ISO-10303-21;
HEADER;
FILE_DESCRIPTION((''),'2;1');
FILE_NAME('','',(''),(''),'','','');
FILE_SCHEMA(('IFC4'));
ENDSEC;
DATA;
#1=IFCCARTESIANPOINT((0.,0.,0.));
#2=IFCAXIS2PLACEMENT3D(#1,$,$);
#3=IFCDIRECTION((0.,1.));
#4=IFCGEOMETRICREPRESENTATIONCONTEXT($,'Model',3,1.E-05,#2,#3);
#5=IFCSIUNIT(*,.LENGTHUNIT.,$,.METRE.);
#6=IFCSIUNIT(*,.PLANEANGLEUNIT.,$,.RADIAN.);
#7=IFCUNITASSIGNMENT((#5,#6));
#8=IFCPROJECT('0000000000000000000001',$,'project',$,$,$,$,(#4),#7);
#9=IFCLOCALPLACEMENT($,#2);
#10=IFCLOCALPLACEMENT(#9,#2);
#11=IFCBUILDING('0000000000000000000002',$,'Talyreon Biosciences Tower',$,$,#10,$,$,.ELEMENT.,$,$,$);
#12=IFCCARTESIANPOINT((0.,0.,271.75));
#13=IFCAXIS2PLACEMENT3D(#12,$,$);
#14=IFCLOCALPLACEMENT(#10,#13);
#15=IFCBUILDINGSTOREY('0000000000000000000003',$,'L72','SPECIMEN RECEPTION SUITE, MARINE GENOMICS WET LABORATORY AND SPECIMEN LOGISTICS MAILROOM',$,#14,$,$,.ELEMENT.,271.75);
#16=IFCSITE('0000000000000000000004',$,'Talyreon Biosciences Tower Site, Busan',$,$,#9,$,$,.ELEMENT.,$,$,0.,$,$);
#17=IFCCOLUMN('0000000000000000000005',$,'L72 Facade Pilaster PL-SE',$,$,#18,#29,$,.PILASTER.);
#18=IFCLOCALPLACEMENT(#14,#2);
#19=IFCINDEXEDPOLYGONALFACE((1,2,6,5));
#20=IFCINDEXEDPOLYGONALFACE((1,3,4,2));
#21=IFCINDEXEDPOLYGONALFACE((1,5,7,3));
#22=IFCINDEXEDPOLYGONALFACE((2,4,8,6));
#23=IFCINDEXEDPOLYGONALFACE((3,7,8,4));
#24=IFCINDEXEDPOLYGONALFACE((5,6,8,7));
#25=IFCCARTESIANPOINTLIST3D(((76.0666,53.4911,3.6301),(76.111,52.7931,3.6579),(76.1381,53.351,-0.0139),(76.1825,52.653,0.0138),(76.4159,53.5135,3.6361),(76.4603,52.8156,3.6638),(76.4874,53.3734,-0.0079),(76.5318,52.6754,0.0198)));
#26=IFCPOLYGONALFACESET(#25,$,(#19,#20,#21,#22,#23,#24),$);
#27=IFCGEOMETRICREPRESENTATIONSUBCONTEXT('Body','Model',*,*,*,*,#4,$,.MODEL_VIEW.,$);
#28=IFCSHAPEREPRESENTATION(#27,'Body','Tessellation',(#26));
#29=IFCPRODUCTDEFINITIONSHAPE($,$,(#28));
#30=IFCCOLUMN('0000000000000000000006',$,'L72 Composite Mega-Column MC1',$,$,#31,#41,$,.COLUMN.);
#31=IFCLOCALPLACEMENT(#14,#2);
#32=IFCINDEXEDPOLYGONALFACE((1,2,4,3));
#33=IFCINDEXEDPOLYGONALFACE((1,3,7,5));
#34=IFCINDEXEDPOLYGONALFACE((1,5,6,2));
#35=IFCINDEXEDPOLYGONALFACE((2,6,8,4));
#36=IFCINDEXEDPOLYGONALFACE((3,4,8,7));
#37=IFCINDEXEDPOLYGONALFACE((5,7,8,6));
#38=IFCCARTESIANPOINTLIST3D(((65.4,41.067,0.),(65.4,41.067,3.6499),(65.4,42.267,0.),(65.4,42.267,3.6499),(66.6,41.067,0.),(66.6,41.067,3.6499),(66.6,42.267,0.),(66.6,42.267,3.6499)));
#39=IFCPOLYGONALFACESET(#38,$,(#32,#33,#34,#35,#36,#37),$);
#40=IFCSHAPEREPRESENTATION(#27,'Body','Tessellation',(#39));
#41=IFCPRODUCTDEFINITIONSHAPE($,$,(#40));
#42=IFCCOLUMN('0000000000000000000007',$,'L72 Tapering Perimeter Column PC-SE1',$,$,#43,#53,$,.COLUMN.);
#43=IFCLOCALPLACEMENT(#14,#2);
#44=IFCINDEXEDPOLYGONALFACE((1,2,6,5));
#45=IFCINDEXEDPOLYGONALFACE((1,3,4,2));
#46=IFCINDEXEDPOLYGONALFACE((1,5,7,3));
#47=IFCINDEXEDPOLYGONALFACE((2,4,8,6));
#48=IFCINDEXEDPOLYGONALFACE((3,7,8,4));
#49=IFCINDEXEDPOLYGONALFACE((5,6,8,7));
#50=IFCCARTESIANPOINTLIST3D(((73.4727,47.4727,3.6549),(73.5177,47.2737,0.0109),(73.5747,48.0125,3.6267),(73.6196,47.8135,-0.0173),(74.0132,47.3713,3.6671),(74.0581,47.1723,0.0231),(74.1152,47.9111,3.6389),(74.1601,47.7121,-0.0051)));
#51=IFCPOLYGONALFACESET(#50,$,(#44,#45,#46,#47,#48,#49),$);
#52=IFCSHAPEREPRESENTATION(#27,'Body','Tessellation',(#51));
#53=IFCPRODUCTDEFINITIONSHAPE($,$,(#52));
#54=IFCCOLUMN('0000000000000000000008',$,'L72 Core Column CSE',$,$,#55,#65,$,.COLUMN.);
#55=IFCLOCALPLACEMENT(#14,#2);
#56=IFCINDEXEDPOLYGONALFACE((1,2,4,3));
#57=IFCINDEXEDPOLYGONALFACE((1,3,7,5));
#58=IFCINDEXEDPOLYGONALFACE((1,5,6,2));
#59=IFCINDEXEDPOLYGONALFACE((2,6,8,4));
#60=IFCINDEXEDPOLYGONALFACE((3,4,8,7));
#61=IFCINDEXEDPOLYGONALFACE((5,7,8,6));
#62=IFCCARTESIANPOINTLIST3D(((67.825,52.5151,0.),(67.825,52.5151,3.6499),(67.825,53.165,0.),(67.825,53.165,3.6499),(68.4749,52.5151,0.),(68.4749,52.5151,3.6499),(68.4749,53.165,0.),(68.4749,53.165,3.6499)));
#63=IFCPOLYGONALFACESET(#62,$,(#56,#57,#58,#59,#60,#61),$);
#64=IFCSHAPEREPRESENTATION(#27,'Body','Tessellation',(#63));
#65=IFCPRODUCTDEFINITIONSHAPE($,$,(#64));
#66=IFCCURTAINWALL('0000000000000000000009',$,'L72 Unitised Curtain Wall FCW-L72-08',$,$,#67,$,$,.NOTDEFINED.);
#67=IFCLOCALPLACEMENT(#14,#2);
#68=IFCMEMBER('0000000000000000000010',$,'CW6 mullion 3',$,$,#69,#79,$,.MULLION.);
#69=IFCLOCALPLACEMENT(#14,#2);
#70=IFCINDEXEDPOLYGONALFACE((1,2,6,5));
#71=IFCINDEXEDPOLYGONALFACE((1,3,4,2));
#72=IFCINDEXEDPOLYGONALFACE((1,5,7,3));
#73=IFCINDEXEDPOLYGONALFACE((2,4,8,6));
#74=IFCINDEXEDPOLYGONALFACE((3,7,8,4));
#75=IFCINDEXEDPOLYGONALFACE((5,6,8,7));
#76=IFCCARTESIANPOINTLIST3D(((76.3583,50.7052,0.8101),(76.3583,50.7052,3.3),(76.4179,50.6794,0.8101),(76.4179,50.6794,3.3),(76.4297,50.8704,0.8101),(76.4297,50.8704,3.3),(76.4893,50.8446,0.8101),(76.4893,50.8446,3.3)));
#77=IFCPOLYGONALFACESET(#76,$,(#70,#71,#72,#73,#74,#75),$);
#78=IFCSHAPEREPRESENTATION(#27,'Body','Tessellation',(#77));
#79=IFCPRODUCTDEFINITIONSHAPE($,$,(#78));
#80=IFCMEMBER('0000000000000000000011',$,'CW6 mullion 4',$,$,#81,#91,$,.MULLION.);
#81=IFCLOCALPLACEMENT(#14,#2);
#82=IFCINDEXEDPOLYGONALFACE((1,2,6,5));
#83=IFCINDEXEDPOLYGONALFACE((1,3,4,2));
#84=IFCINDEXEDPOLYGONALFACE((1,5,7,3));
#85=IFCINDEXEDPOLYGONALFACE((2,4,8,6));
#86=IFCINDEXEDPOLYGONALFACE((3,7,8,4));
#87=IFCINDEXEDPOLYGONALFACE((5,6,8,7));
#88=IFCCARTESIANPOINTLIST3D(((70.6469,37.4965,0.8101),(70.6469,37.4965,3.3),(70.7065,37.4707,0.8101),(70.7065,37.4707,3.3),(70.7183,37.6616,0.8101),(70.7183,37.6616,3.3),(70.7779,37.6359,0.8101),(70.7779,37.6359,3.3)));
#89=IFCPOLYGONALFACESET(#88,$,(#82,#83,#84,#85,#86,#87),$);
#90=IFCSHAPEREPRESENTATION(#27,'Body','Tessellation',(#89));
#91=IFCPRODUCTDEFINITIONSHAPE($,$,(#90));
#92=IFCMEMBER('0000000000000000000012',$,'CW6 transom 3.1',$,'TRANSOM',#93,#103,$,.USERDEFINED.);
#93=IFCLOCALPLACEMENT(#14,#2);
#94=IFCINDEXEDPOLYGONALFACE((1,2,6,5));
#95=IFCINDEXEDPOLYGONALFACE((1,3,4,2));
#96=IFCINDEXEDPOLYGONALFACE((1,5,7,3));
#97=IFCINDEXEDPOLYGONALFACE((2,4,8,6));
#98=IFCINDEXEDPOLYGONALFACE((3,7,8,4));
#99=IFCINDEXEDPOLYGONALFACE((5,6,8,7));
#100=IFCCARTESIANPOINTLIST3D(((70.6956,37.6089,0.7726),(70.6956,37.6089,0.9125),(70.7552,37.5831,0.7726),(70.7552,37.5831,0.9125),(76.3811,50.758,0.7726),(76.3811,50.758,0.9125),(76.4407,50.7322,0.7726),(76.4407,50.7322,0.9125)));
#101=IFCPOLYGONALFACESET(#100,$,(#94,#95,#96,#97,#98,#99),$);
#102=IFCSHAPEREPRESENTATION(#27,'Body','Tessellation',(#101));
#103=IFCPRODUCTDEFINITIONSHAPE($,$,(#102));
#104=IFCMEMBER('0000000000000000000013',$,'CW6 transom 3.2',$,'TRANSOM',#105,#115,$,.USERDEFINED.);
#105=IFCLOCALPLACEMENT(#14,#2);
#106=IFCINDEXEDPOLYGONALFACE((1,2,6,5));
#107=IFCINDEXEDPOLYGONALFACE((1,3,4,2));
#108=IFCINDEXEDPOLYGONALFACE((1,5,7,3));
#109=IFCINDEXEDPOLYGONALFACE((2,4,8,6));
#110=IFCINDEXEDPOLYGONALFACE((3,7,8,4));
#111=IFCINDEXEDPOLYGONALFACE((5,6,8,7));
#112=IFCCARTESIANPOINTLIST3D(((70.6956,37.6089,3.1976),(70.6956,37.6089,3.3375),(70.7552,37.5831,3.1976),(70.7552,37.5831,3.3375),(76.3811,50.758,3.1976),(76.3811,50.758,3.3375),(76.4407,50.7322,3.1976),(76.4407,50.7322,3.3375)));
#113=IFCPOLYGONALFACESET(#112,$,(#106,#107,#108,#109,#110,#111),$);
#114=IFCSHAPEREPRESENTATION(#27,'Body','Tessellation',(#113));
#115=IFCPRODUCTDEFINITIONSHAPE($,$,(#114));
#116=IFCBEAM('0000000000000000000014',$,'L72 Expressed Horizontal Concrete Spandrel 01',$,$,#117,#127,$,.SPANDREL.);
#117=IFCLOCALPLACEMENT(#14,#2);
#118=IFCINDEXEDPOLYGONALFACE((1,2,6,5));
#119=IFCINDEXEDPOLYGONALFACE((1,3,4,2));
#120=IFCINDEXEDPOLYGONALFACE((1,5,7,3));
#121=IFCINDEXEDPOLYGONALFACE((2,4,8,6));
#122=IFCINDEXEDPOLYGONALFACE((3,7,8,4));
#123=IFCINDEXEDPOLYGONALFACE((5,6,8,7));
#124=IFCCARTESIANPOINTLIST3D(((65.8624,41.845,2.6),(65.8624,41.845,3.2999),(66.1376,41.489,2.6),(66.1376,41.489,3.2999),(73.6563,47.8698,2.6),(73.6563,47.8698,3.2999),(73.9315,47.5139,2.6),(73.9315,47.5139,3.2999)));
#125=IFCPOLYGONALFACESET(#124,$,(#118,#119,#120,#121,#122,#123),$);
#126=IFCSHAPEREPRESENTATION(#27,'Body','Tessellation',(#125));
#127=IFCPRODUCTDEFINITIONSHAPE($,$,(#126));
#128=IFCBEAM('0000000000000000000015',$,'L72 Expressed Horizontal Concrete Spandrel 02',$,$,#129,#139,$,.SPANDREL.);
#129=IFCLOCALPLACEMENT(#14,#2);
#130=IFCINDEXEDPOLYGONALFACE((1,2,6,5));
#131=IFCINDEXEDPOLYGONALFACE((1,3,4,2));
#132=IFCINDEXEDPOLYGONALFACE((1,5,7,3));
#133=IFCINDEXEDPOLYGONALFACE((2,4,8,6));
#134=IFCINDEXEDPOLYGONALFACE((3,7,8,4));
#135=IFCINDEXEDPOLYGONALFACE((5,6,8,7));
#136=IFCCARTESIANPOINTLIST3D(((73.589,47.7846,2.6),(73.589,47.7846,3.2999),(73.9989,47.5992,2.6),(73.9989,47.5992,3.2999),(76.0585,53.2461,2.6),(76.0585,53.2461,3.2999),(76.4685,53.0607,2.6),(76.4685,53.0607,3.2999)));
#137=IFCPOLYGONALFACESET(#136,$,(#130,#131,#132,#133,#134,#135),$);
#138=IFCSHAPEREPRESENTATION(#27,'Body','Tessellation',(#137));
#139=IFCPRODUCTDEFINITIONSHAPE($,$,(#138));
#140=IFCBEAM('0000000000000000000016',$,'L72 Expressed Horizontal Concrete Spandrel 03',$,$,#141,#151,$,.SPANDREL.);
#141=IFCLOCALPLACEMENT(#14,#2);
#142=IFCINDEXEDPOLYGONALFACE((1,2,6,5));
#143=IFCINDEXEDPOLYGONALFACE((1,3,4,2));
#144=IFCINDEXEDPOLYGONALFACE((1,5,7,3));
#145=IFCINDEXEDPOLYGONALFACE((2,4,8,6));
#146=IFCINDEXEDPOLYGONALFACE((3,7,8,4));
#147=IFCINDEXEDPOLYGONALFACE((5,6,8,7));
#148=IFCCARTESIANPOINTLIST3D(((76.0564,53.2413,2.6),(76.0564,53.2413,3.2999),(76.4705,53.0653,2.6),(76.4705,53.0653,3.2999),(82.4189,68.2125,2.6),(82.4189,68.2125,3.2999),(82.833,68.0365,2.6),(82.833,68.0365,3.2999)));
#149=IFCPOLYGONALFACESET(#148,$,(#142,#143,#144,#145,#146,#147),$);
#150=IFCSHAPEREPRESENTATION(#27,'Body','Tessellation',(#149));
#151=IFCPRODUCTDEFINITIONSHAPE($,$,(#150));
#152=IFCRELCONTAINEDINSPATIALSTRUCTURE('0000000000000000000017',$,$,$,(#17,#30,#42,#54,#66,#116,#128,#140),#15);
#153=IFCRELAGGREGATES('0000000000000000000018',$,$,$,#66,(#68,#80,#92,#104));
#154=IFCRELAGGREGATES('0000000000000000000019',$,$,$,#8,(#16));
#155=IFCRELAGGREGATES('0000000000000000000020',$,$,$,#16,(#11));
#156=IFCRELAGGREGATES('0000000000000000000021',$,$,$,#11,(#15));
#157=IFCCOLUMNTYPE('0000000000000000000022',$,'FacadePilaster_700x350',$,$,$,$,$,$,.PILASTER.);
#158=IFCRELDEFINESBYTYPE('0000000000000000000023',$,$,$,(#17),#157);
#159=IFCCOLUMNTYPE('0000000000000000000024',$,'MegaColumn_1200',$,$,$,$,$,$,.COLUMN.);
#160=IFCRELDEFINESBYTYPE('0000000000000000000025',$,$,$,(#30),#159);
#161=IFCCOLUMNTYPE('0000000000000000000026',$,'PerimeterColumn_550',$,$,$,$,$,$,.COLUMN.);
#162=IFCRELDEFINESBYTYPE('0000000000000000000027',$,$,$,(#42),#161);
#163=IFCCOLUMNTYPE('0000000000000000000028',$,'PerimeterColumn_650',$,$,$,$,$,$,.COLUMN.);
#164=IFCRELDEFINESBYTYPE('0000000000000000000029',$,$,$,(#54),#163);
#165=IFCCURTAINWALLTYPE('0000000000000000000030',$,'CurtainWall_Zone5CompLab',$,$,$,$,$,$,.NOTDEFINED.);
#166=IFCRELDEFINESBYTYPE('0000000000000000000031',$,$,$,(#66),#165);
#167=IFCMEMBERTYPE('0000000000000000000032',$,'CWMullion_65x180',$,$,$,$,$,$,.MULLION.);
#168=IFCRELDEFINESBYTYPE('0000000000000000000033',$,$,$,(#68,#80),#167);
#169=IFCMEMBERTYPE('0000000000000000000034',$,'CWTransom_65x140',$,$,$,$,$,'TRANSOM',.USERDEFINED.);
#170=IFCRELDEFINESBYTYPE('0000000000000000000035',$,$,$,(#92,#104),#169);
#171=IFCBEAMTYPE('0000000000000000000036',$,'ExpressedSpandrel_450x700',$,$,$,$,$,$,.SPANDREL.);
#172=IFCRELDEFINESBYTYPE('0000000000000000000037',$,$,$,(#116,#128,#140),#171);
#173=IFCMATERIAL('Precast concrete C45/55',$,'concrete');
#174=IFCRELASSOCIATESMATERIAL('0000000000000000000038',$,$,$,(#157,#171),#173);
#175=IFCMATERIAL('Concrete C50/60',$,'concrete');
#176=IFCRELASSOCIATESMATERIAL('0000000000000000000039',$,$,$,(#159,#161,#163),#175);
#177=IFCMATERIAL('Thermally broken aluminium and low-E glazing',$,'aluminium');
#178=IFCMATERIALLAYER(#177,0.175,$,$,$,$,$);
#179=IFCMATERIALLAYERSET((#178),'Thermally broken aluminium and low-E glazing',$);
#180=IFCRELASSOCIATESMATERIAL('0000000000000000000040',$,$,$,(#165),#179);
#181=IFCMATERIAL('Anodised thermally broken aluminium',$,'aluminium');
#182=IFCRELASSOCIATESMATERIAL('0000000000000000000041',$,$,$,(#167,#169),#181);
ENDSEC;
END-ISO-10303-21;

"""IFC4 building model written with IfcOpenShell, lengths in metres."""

from ifc_helpers import new_model, si_unit, direction, frame, origin, origin_2d, place, context, subcontext, project, spatial, rectangle, extrude, material, layer, layer_set, material_profile, profile_set, type_object, element, aggregate, save


model = new_model("IFC4")

# Units and contexts
model_context = context("Model", 3, precision=1e-05, world=origin(), true_north=direction((0.0, 1.0)))
body_context = subcontext(model_context, "Body", "Model", "MODEL_VIEW")
ifc_project = project(units=[si_unit("LENGTHUNIT", "METRE"), si_unit("PLANEANGLEUNIT", "RADIAN")], contexts=[model_context])

# Site, building, storey
site_placement = place(None, origin())
site = spatial("IfcSite", under=ifc_project, at=site_placement, Name="Talyreon Biosciences Tower Site, Busan", CompositionType="ELEMENT", RefElevation=0.0)
building_placement = place(site_placement, origin())
building = spatial("IfcBuilding", under=site, at=building_placement, Name="Talyreon Biosciences Tower", CompositionType="ELEMENT")
storey_placement = place(building_placement, frame((0.0, 0.0, 271.75)))
storey = spatial("IfcBuildingStorey", under=building, at=storey_placement, Name="L72", Description="SPECIMEN RECEPTION SUITE, MARINE GENOMICS WET LABORATORY AND SPECIMEN LOGISTICS MAILROOM", CompositionType="ELEMENT", Elevation=271.75)

# Columns
ifc_material_1 = material(Name="Precast concrete C45/55", Category="concrete")
ifc_material_profile_1 = material_profile(ifc_material_1, rectangle(XDim=0.7, YDim=0.3501, at=origin_2d()), Name="RC 700x350")
ifc_profile_set_1 = profile_set([ifc_material_profile_1], Name="Precast concrete C45/55")
column_type_1 = type_object("IfcColumnType", Name="FacadePilaster_700x350", PredefinedType="PILASTER", material=ifc_profile_set_1)
column_1_placement = place(storey_placement, frame((76.335, 53.0132, 0.0029), z_axis=(-0.019612, 0.038421, 0.999069), x_axis=(0.063415, -0.997202, 0.039594)))
element("IfcColumn", 1, at=column_1_placement, inside=storey, type_object=column_type_1, Name="L72 Facade Pilaster PL-SE", PredefinedType="PILASTER", context=body_context, shape_type="SweptSolid", body=[
    extrude(rectangle(XDim=0.7, YDim=0.3501, at=origin_2d()), origin(), (0.0, 0.0, 1.0), 3.6475),
])
ifc_material_2 = material(Name="Concrete C50/60", Category="concrete")
ifc_material_profile_2 = material_profile(ifc_material_2, rectangle(XDim=1.2, YDim=1.2, at=origin_2d()), Name="RC 1200x1200")
ifc_profile_set_2 = profile_set([ifc_material_profile_2], Name="Concrete C50/60")
column_type_2 = type_object("IfcColumnType", Name="MegaColumn_1200", PredefinedType="COLUMN", material=ifc_profile_set_2)
column_2_placement = place(storey_placement, frame((66.0, 41.667, 0.0), z_axis=(0.0, 0.0, 1.0), x_axis=(1.0, 0.0, 0.0)))
element("IfcColumn", 2, at=column_2_placement, inside=storey, type_object=column_type_2, Name="L72 Composite Mega-Column MC1", PredefinedType="COLUMN", context=body_context, shape_type="SweptSolid", body=[
    extrude(rectangle(XDim=1.2, YDim=1.2, at=origin_2d()), origin(), (0.0, 0.0, 1.0), 3.6499),
])
ifc_material_profile_3 = material_profile(ifc_material_2, rectangle(XDim=0.55, YDim=0.55, at=origin_2d()), Name="RC 550x550")
ifc_profile_set_3 = profile_set([ifc_material_profile_3], Name="Concrete C50/60")
column_type_3 = type_object("IfcColumnType", Name="PerimeterColumn_550", PredefinedType="COLUMN", material=ifc_profile_set_3)
column_3_placement = place(storey_placement, frame((73.8389, 47.4929, 0.0029), z_axis=(-0.012308, 0.054517, 0.998437), x_axis=(-0.185327, -0.981337, 0.051299)))
element("IfcColumn", 3, at=column_3_placement, inside=storey, type_object=column_type_3, Name="L72 Tapering Perimeter Column PC-SE1", PredefinedType="COLUMN", context=body_context, shape_type="SweptSolid", body=[
    extrude(rectangle(XDim=0.55, YDim=0.55, at=origin_2d()), origin(), (0.0, 0.0, 1.0), 3.6497),
])
ifc_material_profile_4 = material_profile(ifc_material_2, rectangle(XDim=0.6499, YDim=0.6499, at=origin_2d()), Name="RC 650x650")
ifc_profile_set_4 = profile_set([ifc_material_profile_4], Name="Concrete C50/60")
column_type_4 = type_object("IfcColumnType", Name="PerimeterColumn_650", PredefinedType="COLUMN", material=ifc_profile_set_4)
column_4_placement = place(storey_placement, frame((68.1499, 52.8401, 0.0), z_axis=(0.0, 0.0, 1.0), x_axis=(1.0, 0.0, 0.0)))
element("IfcColumn", 4, at=column_4_placement, inside=storey, type_object=column_type_4, Name="L72 Core Column CSE", PredefinedType="COLUMN", context=body_context, shape_type="SweptSolid", body=[
    extrude(rectangle(XDim=0.6499, YDim=0.6499, at=origin_2d()), origin(), (0.0, 0.0, 1.0), 3.6499),
])

# Curtain wall, members
ifc_material_3 = material(Name="Thermally broken aluminium and low-E glazing", Category="aluminium")
ifc_layer_1 = layer(ifc_material_3, 0.175)
ifc_layer_set_1 = layer_set([ifc_layer_1], Name="Thermally broken aluminium and low-E glazing")
curtain_wall_type = type_object("IfcCurtainWallType", Name="CurtainWall_Zone5CompLab", PredefinedType="NOTDEFINED", material=ifc_layer_set_1)
curtain_wall_placement = place(storey_placement, origin())
curtain_wall = element("IfcCurtainWall", 5, at=curtain_wall_placement, inside=storey, type_object=curtain_wall_type, Name="L72 Unitised Curtain Wall FCW-L72-08", PredefinedType="NOTDEFINED")
ifc_material_4 = material(Name="Anodised thermally broken aluminium", Category="aluminium")
ifc_material_profile_5 = material_profile(ifc_material_4, rectangle(XDim=0.0649, YDim=0.1799, at=origin_2d()), Name="ALUM MULLION 65x180")
ifc_profile_set_5 = profile_set([ifc_material_profile_5], Name="Anodised thermally broken aluminium")
member_type_1 = type_object("IfcMemberType", Name="CWMullion_65x180", PredefinedType="MULLION", material=ifc_profile_set_5)
member_1_placement = place(storey_placement, frame((76.4238, 50.7749, 0.8101), z_axis=(0.0, 0.0, 1.0), x_axis=(0.917868, -0.396887, 0.0)))
member_1 = element("IfcMember", 6, at=member_1_placement, type_object=member_type_1, Name="CW6 mullion 3", PredefinedType="MULLION", context=body_context, shape_type="SweptSolid", body=[
    extrude(rectangle(XDim=0.0649, YDim=0.1799, at=origin_2d()), origin(), (0.0, 0.0, 1.0), 2.49),
])
member_2_placement = place(storey_placement, frame((70.7124, 37.5662, 0.8101), z_axis=(0.0, 0.0, 1.0), x_axis=(0.917868, -0.396887, 0.0)))
member_2 = element("IfcMember", 7, at=member_2_placement, type_object=member_type_1, Name="CW6 mullion 4", PredefinedType="MULLION", context=body_context, shape_type="SweptSolid", body=[
    extrude(rectangle(XDim=0.0649, YDim=0.1799, at=origin_2d()), origin(), (0.0, 0.0, 1.0), 2.49),
])
ifc_material_profile_6 = material_profile(ifc_material_4, rectangle(XDim=0.0649, YDim=0.1399, at=origin_2d()), Name="ALUM TRANSOM 65x140")
ifc_profile_set_6 = profile_set([ifc_material_profile_6], Name="Anodised thermally broken aluminium")
member_type_2 = type_object("IfcMemberType", Name="CWTransom_65x140", ElementType="TRANSOM", PredefinedType="USERDEFINED", material=ifc_profile_set_6)
member_3_placement = place(storey_placement, frame((76.4109, 50.7451, 0.8425), z_axis=(-0.396877, -0.917872, 0.0), x_axis=(0.917872, -0.396877, 0.0)))
member_3 = element("IfcMember", 8, at=member_3_placement, type_object=member_type_2, Name="CW6 transom 3.1", ObjectType="TRANSOM", PredefinedType="USERDEFINED", context=body_context, shape_type="SweptSolid", body=[
    extrude(rectangle(XDim=0.0649, YDim=0.1399, at=origin_2d()), origin(), (0.0, 0.0, 1.0), 14.3257),
])
member_4_placement = place(storey_placement, frame((76.4109, 50.7451, 3.2676), z_axis=(-0.396877, -0.917872, 0.0), x_axis=(0.917872, -0.396877, 0.0)))
member_4 = element("IfcMember", 9, at=member_4_placement, type_object=member_type_2, Name="CW6 transom 3.2", ObjectType="TRANSOM", PredefinedType="USERDEFINED", context=body_context, shape_type="SweptSolid", body=[
    extrude(rectangle(XDim=0.0649, YDim=0.1399, at=origin_2d()), origin(), (0.0, 0.0, 1.0), 14.3257),
])

# Beams
ifc_material_profile_7 = material_profile(ifc_material_1, rectangle(XDim=0.45, YDim=0.7, at=origin_2d()), Name="RCB 450x700")
ifc_profile_set_7 = profile_set([ifc_material_profile_7], Name="Precast concrete C45/55")
beam_type_1 = type_object("IfcBeamType", Name="ExpressedSpandrel_450x700", PredefinedType="SPANDREL", material=ifc_profile_set_7)
beam_1_placement = place(storey_placement, frame((66.0, 41.667, 2.95), z_axis=(0.791172, 0.611594, 0.0), x_axis=(-0.611594, 0.791172, 0.0)))
element("IfcBeam", 10, at=beam_1_placement, inside=storey, type_object=beam_type_1, Name="L72 Expressed Horizontal Concrete Spandrel 01", PredefinedType="SPANDREL", context=body_context, shape_type="SweptSolid", body=[
    extrude(rectangle(XDim=0.45, YDim=0.7, at=origin_2d()), origin(), (0.0, 0.0, 1.0), 9.8511),
])
beam_2_placement = place(storey_placement, frame((73.7939, 47.6919, 2.95), z_axis=(0.412007, 0.911181, 0.0), x_axis=(-0.911181, 0.412007, 0.0)))
element("IfcBeam", 11, at=beam_2_placement, inside=storey, type_object=beam_type_1, Name="L72 Expressed Horizontal Concrete Spandrel 02", PredefinedType="SPANDREL", context=body_context, shape_type="SweptSolid", body=[
    extrude(rectangle(XDim=0.45, YDim=0.7, at=origin_2d()), origin(), (0.0, 0.0, 1.0), 5.9939),
])
beam_3_placement = place(storey_placement, frame((76.2634, 53.1533, 2.95), z_axis=(0.39113, 0.920336, 0.0), x_axis=(-0.920336, 0.39113, 0.0)))
element("IfcBeam", 12, at=beam_3_placement, inside=storey, type_object=beam_type_1, Name="L72 Expressed Horizontal Concrete Spandrel 03", PredefinedType="SPANDREL", context=body_context, shape_type="SweptSolid", body=[
    extrude(rectangle(XDim=0.45, YDim=0.7, at=origin_2d()), origin(), (0.0, 0.0, 1.0), 16.2671),
])

aggregate(curtain_wall, [member_1, member_2, member_3, member_4])

save(model, "model.ifc")
